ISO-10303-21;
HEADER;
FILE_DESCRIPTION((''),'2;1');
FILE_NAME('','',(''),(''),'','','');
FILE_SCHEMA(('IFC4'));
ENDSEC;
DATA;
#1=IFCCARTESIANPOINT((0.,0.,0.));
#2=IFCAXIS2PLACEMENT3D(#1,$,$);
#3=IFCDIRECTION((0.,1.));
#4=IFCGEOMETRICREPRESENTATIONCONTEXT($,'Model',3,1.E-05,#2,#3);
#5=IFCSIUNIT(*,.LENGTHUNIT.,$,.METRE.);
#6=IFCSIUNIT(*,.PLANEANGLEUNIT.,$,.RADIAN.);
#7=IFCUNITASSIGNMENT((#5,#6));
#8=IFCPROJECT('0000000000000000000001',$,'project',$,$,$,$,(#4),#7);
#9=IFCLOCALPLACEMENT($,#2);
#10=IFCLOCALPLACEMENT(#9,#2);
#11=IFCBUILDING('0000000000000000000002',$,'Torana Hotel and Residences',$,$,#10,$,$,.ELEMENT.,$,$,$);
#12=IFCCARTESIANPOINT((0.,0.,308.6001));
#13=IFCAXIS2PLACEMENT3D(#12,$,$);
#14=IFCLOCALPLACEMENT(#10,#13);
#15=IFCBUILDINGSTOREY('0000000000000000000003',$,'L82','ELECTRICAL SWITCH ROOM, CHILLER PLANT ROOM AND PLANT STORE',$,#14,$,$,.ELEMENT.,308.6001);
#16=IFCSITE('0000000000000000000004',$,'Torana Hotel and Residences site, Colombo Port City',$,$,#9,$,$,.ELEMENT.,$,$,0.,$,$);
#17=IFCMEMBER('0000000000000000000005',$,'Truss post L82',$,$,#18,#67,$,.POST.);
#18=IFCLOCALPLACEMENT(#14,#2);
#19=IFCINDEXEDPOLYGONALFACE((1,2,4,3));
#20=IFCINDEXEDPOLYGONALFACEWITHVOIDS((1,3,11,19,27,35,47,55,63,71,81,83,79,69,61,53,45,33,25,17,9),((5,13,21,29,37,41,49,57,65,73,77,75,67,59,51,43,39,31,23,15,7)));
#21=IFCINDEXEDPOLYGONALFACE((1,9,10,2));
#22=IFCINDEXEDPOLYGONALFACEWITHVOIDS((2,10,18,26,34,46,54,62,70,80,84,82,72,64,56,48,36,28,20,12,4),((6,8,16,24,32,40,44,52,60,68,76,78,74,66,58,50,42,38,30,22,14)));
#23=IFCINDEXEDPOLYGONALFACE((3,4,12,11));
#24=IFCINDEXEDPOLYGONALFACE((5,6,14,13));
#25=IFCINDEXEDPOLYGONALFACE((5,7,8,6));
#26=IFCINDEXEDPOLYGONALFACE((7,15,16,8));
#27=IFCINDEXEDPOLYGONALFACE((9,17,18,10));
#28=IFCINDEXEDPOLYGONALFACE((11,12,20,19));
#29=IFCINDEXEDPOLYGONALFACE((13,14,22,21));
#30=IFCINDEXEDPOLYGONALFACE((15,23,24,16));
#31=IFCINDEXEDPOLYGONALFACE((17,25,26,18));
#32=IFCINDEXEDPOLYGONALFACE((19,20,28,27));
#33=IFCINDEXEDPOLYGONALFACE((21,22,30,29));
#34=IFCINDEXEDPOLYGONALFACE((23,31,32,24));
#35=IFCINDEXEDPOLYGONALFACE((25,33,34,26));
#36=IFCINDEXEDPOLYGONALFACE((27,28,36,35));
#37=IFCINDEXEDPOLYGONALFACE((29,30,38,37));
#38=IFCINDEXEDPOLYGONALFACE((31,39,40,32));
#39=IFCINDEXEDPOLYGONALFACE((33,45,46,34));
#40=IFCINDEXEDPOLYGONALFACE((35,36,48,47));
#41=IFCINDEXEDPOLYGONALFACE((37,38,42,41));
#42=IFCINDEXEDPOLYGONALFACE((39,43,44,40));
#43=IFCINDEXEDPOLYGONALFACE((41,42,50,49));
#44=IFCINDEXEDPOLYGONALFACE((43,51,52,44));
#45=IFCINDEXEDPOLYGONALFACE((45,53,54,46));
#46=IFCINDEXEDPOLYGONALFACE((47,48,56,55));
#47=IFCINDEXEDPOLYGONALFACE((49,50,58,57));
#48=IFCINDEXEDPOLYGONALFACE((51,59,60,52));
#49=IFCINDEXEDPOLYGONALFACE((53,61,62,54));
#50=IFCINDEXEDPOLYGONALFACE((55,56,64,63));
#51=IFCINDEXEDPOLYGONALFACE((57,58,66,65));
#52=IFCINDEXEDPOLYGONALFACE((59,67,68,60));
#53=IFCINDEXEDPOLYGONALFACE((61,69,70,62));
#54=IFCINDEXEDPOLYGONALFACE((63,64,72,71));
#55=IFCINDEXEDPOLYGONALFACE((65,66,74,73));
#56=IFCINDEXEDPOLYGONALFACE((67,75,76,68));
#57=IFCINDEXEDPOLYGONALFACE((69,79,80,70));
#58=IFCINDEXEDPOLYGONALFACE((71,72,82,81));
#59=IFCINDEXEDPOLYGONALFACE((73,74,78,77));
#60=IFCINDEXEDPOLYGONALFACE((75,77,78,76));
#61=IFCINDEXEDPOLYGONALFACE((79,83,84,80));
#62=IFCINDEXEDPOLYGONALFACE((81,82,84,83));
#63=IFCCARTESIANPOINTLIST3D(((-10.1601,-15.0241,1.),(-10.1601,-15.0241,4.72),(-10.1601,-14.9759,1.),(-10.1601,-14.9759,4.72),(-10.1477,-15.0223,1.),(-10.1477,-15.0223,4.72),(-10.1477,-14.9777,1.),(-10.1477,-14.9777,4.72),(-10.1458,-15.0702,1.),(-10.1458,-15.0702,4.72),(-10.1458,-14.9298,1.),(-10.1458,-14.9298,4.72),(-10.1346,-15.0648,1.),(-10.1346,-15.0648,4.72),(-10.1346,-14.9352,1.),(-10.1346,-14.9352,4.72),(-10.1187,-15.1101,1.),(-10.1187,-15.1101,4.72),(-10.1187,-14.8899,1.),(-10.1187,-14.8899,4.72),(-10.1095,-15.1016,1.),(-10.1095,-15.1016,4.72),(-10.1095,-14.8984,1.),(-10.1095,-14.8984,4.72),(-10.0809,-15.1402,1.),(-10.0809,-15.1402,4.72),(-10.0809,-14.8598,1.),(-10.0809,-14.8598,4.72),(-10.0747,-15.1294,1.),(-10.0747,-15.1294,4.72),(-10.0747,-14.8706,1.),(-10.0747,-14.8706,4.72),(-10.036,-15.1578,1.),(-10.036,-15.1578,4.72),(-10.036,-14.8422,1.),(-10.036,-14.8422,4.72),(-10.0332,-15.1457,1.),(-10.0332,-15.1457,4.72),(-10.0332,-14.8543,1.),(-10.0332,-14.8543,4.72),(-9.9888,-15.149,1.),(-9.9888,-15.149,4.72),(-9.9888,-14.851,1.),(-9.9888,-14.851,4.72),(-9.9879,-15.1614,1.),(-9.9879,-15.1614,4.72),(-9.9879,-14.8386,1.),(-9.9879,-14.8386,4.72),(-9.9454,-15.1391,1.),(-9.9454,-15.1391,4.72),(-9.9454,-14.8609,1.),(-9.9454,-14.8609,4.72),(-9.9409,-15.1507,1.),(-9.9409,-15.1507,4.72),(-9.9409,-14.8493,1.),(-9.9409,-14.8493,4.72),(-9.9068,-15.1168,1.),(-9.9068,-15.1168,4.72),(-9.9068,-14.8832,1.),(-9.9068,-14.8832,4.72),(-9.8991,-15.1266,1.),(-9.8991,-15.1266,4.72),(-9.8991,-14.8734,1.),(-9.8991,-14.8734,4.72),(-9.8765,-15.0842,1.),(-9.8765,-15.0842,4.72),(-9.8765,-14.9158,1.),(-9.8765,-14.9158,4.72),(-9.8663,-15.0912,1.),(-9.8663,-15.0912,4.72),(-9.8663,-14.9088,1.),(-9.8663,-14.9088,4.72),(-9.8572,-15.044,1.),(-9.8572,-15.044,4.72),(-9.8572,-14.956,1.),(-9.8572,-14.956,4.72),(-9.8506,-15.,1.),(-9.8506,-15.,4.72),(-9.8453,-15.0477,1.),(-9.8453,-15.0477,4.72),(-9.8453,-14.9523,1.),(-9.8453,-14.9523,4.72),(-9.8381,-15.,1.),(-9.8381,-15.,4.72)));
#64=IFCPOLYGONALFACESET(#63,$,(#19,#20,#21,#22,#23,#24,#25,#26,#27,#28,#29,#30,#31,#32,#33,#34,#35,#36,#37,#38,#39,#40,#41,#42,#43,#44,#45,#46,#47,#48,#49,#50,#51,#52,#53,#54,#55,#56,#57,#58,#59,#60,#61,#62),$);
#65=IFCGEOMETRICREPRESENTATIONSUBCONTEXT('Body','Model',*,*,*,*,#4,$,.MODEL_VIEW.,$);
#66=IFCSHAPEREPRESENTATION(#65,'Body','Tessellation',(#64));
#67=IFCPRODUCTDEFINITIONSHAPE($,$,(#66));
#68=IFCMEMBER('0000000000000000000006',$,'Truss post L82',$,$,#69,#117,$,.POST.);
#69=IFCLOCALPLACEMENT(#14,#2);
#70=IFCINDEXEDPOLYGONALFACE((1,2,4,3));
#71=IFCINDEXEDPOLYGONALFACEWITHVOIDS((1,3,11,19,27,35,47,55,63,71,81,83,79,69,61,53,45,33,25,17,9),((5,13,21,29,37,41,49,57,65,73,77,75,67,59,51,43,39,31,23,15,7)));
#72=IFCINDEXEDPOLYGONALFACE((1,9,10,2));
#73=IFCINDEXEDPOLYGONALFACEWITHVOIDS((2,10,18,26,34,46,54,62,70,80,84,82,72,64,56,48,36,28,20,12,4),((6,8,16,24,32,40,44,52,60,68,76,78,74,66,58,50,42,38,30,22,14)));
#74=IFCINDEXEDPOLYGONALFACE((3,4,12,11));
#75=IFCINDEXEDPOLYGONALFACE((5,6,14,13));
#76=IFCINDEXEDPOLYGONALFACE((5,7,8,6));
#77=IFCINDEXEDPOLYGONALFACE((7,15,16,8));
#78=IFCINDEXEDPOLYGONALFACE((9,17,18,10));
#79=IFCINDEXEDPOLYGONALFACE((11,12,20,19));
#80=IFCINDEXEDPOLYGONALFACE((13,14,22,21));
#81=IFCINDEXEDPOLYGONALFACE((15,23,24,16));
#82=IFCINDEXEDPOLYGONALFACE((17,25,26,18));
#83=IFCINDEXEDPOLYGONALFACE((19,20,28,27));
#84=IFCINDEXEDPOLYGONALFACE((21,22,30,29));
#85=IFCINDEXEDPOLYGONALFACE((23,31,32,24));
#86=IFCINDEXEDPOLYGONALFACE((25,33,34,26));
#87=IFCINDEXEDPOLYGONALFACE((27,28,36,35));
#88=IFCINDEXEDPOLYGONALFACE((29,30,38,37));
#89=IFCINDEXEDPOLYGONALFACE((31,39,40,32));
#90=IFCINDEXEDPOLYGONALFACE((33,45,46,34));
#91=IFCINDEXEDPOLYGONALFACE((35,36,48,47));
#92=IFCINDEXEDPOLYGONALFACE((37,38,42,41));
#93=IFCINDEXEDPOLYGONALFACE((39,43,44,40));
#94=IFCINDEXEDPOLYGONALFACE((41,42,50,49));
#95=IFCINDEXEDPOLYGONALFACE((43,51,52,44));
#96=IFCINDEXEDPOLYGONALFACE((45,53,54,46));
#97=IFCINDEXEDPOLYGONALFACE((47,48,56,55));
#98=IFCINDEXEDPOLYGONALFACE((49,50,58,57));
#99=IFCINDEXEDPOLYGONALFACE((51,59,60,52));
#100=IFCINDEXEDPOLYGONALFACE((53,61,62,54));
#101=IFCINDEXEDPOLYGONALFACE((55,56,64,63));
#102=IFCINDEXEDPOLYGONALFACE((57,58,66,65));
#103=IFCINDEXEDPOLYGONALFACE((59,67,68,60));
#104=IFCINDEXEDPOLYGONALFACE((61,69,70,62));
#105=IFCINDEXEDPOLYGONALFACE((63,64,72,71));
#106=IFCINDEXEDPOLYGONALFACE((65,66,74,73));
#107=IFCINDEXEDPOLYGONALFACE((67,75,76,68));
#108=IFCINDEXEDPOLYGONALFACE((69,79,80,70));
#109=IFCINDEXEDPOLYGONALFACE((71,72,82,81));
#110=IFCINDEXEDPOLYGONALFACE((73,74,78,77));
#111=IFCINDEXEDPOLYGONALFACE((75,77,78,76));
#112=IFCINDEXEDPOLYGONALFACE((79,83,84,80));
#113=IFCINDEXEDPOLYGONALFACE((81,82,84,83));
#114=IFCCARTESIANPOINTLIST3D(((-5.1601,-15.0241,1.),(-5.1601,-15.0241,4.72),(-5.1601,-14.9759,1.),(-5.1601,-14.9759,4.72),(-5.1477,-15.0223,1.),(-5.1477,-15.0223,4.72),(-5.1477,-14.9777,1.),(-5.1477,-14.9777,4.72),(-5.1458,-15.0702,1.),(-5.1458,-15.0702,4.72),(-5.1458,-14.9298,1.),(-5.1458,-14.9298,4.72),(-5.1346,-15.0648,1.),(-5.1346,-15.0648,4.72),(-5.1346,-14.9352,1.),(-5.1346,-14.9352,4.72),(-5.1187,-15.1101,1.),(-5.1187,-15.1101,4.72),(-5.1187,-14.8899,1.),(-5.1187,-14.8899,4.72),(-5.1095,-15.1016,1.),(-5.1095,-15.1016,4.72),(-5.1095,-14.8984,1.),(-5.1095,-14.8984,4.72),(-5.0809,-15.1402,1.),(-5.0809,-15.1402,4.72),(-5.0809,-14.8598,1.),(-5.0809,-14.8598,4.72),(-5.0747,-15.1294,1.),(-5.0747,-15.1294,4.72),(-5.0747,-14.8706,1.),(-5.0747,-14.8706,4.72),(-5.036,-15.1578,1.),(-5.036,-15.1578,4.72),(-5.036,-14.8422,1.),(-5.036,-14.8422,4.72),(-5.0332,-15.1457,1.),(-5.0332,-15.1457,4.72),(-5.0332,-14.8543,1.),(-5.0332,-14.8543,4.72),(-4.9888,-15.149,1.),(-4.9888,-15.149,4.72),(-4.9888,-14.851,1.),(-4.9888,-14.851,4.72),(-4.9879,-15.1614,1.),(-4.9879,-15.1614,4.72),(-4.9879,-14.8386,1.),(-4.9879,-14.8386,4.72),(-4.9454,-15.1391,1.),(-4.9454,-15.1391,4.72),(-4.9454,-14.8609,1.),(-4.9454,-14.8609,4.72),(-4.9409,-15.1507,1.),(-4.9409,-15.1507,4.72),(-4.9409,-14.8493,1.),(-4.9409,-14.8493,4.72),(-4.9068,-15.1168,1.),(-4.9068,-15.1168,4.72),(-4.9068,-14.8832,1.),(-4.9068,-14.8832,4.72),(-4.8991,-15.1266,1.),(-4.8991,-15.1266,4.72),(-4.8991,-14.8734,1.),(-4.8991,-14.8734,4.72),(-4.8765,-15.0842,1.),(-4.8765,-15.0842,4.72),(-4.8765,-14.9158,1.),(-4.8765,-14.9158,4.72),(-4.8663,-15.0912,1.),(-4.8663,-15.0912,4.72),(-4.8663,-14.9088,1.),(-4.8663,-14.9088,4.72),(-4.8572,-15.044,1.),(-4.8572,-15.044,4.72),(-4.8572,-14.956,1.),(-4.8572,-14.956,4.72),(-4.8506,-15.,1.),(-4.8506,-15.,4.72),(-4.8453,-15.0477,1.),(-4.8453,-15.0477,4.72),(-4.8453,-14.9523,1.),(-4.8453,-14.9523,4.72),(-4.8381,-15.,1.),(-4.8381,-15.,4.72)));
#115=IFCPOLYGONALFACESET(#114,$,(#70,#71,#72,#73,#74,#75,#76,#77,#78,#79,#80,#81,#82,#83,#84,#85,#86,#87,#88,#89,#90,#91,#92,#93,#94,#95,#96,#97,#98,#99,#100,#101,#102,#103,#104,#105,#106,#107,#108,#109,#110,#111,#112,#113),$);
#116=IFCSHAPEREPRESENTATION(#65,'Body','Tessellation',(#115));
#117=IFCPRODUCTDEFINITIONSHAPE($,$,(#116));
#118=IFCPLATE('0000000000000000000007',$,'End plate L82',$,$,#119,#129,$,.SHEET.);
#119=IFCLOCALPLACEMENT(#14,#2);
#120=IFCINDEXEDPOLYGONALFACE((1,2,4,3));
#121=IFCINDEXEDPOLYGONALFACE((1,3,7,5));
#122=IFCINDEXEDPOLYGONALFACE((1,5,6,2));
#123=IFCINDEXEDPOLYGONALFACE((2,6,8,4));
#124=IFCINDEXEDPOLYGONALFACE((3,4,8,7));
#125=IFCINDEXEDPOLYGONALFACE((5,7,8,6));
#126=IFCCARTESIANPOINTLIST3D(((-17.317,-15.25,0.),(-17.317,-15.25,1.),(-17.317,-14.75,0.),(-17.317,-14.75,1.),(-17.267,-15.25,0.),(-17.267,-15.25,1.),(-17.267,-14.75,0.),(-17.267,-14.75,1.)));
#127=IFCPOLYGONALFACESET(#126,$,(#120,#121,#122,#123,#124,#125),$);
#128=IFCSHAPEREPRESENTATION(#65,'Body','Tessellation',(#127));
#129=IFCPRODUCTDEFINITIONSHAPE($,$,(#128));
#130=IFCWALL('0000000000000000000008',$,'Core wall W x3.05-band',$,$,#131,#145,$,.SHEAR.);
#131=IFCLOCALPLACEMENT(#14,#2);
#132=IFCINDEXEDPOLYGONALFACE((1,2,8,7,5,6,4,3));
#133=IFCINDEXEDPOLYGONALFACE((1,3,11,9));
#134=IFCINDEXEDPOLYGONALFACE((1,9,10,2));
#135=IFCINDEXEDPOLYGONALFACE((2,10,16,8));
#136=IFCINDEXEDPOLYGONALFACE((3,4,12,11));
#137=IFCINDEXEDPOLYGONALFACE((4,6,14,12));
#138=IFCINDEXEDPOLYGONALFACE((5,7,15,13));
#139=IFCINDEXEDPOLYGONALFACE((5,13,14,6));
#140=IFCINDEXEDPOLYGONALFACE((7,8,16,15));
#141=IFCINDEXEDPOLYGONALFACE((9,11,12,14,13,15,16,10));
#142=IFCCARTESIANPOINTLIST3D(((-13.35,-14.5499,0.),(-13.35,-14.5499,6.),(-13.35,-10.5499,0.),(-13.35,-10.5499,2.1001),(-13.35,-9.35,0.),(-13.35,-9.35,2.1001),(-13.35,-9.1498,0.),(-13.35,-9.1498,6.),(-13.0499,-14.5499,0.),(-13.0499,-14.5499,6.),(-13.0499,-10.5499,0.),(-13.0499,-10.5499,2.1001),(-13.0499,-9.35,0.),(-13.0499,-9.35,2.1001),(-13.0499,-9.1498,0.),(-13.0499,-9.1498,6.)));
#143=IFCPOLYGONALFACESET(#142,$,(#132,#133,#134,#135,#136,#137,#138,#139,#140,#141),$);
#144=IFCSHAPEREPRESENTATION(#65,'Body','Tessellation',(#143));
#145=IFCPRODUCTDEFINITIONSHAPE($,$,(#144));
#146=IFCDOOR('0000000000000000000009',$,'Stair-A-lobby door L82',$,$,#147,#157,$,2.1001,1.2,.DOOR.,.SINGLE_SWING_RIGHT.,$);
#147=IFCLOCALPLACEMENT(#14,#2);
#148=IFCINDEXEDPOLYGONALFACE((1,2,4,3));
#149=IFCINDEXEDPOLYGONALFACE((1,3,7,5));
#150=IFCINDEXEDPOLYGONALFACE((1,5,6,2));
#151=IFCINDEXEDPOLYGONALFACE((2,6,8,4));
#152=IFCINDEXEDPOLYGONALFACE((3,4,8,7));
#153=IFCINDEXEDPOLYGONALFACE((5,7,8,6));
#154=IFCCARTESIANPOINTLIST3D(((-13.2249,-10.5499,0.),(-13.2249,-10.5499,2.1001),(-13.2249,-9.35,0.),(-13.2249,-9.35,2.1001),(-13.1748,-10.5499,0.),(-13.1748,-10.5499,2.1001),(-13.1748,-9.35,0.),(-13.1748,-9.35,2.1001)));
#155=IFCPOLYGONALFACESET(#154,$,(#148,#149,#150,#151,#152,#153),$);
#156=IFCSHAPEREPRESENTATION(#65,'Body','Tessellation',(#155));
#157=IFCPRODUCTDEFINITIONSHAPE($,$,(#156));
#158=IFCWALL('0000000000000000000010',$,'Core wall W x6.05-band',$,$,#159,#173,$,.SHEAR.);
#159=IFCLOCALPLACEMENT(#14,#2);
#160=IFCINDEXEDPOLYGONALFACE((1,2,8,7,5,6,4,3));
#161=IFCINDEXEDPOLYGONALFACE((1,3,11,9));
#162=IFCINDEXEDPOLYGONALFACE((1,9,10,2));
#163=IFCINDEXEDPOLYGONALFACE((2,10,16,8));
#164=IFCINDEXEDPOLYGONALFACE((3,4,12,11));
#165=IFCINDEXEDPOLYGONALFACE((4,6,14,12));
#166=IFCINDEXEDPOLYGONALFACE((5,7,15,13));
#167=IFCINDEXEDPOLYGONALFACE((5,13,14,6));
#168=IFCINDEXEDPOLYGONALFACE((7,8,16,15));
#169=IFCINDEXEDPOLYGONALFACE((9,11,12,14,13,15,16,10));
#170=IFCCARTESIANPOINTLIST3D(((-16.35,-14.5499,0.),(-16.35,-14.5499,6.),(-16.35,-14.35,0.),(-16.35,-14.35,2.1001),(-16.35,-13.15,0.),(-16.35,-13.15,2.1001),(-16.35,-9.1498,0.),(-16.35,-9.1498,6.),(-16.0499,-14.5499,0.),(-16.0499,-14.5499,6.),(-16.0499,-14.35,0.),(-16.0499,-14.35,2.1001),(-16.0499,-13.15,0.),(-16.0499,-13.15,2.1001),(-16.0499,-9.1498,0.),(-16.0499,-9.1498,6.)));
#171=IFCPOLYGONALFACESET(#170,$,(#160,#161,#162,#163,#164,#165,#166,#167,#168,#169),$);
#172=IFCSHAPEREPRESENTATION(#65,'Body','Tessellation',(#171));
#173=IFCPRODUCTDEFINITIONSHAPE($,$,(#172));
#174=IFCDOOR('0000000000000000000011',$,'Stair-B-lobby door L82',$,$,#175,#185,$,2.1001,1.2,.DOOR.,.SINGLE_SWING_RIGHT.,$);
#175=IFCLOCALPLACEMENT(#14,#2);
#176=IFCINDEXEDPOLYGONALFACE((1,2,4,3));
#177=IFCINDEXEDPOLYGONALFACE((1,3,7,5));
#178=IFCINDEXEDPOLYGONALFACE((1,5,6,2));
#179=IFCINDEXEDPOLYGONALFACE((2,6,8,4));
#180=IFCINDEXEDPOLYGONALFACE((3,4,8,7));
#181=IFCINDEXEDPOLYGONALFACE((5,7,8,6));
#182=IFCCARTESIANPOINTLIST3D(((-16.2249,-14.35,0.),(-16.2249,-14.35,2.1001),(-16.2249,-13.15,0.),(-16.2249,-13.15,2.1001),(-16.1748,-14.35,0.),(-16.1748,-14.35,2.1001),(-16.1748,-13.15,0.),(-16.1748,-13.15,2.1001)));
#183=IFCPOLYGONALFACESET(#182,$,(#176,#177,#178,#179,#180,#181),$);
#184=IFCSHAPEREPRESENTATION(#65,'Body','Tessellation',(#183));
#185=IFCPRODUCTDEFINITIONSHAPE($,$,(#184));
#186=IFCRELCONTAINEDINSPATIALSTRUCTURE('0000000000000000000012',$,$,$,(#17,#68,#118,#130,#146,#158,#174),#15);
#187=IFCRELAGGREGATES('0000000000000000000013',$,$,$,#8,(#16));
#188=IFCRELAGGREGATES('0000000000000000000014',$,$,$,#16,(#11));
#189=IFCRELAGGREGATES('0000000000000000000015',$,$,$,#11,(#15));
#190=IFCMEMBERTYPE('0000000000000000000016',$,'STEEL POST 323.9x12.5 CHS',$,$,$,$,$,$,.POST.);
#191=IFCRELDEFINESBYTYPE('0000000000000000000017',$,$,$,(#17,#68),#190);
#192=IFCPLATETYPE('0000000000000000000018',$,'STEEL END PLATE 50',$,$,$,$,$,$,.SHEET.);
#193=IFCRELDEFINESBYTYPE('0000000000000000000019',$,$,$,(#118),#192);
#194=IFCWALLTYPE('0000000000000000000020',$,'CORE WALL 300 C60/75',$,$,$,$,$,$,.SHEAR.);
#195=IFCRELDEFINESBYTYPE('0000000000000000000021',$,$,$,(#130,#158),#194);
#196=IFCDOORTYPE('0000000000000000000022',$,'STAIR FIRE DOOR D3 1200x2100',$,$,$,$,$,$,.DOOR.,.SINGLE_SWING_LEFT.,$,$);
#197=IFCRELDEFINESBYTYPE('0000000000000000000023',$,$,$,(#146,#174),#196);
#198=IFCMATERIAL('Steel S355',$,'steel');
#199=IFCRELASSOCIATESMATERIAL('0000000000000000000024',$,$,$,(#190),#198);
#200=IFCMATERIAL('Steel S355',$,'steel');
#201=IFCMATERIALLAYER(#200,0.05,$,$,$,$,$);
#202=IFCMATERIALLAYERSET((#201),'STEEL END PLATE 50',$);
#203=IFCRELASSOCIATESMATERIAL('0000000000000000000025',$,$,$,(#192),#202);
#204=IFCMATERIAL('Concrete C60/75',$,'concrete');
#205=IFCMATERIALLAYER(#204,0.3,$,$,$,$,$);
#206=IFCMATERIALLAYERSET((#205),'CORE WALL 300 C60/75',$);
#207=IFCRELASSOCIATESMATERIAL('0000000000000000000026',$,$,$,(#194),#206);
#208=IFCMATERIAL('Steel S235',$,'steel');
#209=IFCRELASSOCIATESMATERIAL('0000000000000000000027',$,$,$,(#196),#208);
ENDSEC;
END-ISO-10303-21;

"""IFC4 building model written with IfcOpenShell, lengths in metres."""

from ifc_helpers import new_model, si_unit, direction, frame, frame_2d, origin, origin_2d, place, context, subcontext, project, spatial, rectangle, hollow_circle, extrude, material, layer, layer_set, material_profile, profile_set, type_object, element, fill, save


model = new_model("IFC4")

# Units and contexts
model_context = context("Model", 3, precision=1e-05, world=origin(), true_north=direction((0.0, 1.0)))
body_context = subcontext(model_context, "Body", "Model", "MODEL_VIEW")
ifc_project = project(units=[si_unit("LENGTHUNIT", "METRE"), si_unit("PLANEANGLEUNIT", "RADIAN")], contexts=[model_context])

# Site, building, storey
site_placement = place(None, origin())
site = spatial("IfcSite", under=ifc_project, at=site_placement, Name="Torana Hotel and Residences site, Colombo Port City", CompositionType="ELEMENT", RefElevation=0.0)
building_placement = place(site_placement, origin())
building = spatial("IfcBuilding", under=site, at=building_placement, Name="Torana Hotel and Residences", CompositionType="ELEMENT")
storey_placement = place(building_placement, frame((0.0, 0.0, 308.6001)))
storey = spatial("IfcBuildingStorey", under=building, at=storey_placement, Name="L82", Description="ELECTRICAL SWITCH ROOM, CHILLER PLANT ROOM AND PLANT STORE", CompositionType="ELEMENT", Elevation=308.6001)

# Members
ifc_material_1 = material(Name="Steel S355", Category="steel")
ifc_material_profile_1 = material_profile(ifc_material_1, hollow_circle(Radius=0.1619, WallThickness=0.0125, at=origin_2d()), Name="323.9x12.5 CHS")
ifc_profile_set_1 = profile_set([ifc_material_profile_1], Name="Steel S355")
member_type_1 = type_object("IfcMemberType", Name="STEEL POST 323.9x12.5 CHS", PredefinedType="POST", material=ifc_profile_set_1)
for number, where, z_axis, x_axis, name in (
    (1, (-10.0, -15.0, 1.0), (0.0, 0.0, 1.0), (1.0, 0.0, 0.0), "Truss post L82"),
    (2, (-5.0, -15.0, 1.0), (0.0, 0.0, 1.0), (1.0, 0.0, 0.0), "Truss post L82"),
):
    element("IfcMember", number, at=place(storey_placement, frame(where, z_axis=z_axis, x_axis=x_axis)), inside=storey, type_object=member_type_1, Name=name, PredefinedType="POST", context=body_context, shape_type="SweptSolid", body=[
        extrude(hollow_circle(Radius=0.1619, WallThickness=0.0125, at=origin_2d()), origin(), (0.0, 0.0, 1.0), 3.72),
    ])

# Plate
ifc_material_2 = material(Name="Steel S355", Category="steel")
ifc_layer_1 = layer(ifc_material_2, 0.05)
ifc_layer_set_1 = layer_set([ifc_layer_1], Name="STEEL END PLATE 50")
plate_type = type_object("IfcPlateType", Name="STEEL END PLATE 50", PredefinedType="SHEET", material=ifc_layer_set_1)
plate_placement = place(storey_placement, frame((-17.292, -15.0, 0.0), z_axis=(0.0, 0.0, 1.0), x_axis=(1.0, 0.0, 0.0)))
element("IfcPlate", 3, at=plate_placement, inside=storey, type_object=plate_type, Name="End plate L82", PredefinedType="SHEET", context=body_context, shape_type="SweptSolid", body=[
    extrude(rectangle(XDim=0.05, YDim=0.5, at=origin_2d()), origin(), (0.0, 0.0, 1.0), 1.0),
])

# Walls, openings, doors
ifc_material_3 = material(Name="Concrete C60/75", Category="concrete")
ifc_layer_2 = layer(ifc_material_3, 0.3)
ifc_layer_set_2 = layer_set([ifc_layer_2], Name="CORE WALL 300 C60/75")
wall_type_1 = type_object("IfcWallType", Name="CORE WALL 300 C60/75", PredefinedType="SHEAR", material=ifc_layer_set_2)
wall_1_placement = place(storey_placement, frame((-13.2, -14.55, 0.0), z_axis=(0.0, 0.0, 1.0), x_axis=(0.0, 1.0, 0.0)))
wall_1 = element("IfcWall", 4, at=wall_1_placement, inside=storey, type_object=wall_type_1, Name="Core wall W x3.05-band", PredefinedType="SHEAR", context=body_context, shape_type="SweptSolid", body=[
    extrude(rectangle(XDim=5.4001, YDim=0.3, at=frame_2d((2.7002, 0.0))), origin(), (0.0, 0.0, 1.0), 6.0),
])
opening_1_placement = place(wall_1_placement, frame((4.0, 0.0, 0.0)))
opening_1 = element("IfcOpeningElement", 5, at=opening_1_placement, cuts=wall_1, PredefinedType="OPENING", context=body_context, shape_type="SweptSolid", body=[
    extrude(rectangle(XDim=1.2, YDim=2.1001, at=frame_2d((0.6001, 1.05))), frame((0.0, 0.1599, 0.0), z_axis=(0.0, -1.0, 0.0), x_axis=(1.0, 0.0, 0.0)), (0.0, 0.0, 1.0), 0.3201),
])
ifc_material_4 = material(Name="Steel S235", Category="steel")
door_type_1 = type_object("IfcDoorType", Name="STAIR FIRE DOOR D3 1200x2100", OperationType="SINGLE_SWING_LEFT", PredefinedType="DOOR", material=ifc_material_4)
door_1_placement = place(opening_1_placement, frame((0.6001, 0.0, 0.0), z_axis=(0.0, 0.0, 1.0), x_axis=(-1.0, 0.0, 0.0)))
door_1 = element("IfcDoor", 6, at=door_1_placement, inside=storey, type_object=door_type_1, Name="Stair-A-lobby door L82", OperationType="SINGLE_SWING_RIGHT", OverallHeight=2.1001, OverallWidth=1.2, PredefinedType="DOOR", context=body_context, shape_type="SweptSolid", body=[
    extrude(rectangle(XDim=1.2, YDim=2.1001, at=frame_2d((0.0, 1.05))), frame((0.0, -0.0249, 0.0), z_axis=(0.0, 1.0, 0.0), x_axis=(-1.0, 0.0, 0.0)), (0.0, 0.0, 1.0), 0.05),
])
fill(opening_1, door_1)
wall_2_placement = place(storey_placement, frame((-16.2, -14.55, 0.0), z_axis=(0.0, 0.0, 1.0), x_axis=(0.0, 1.0, 0.0)))
wall_2 = element("IfcWall", 7, at=wall_2_placement, inside=storey, type_object=wall_type_1, Name="Core wall W x6.05-band", PredefinedType="SHEAR", context=body_context, shape_type="SweptSolid", body=[
    extrude(rectangle(XDim=5.4001, YDim=0.3, at=frame_2d((2.7002, 0.0))), origin(), (0.0, 0.0, 1.0), 6.0),
])
opening_2_placement = place(wall_2_placement, frame((0.2, 0.0, 0.0)))
opening_2 = element("IfcOpeningElement", 8, at=opening_2_placement, cuts=wall_2, PredefinedType="OPENING", context=body_context, shape_type="SweptSolid", body=[
    extrude(rectangle(XDim=1.2, YDim=2.1001, at=frame_2d((0.6001, 1.05))), frame((0.0, 0.1599, 0.0), z_axis=(0.0, -1.0, 0.0), x_axis=(1.0, 0.0, 0.0)), (0.0, 0.0, 1.0), 0.3201),
])
door_2_placement = place(opening_2_placement, origin())
door_2 = element("IfcDoor", 9, at=door_2_placement, inside=storey, type_object=door_type_1, Name="Stair-B-lobby door L82", OperationType="SINGLE_SWING_RIGHT", OverallHeight=2.1001, OverallWidth=1.2, PredefinedType="DOOR", context=body_context, shape_type="SweptSolid", body=[
    extrude(rectangle(XDim=1.2, YDim=2.1001, at=frame_2d((0.6001, 1.05))), frame((0.0, 0.0249, 0.0), z_axis=(0.0, -1.0, 0.0), x_axis=(1.0, 0.0, 0.0)), (0.0, 0.0, 1.0), 0.05),
])
fill(opening_2, door_2)

save(model, "model.ifc")
